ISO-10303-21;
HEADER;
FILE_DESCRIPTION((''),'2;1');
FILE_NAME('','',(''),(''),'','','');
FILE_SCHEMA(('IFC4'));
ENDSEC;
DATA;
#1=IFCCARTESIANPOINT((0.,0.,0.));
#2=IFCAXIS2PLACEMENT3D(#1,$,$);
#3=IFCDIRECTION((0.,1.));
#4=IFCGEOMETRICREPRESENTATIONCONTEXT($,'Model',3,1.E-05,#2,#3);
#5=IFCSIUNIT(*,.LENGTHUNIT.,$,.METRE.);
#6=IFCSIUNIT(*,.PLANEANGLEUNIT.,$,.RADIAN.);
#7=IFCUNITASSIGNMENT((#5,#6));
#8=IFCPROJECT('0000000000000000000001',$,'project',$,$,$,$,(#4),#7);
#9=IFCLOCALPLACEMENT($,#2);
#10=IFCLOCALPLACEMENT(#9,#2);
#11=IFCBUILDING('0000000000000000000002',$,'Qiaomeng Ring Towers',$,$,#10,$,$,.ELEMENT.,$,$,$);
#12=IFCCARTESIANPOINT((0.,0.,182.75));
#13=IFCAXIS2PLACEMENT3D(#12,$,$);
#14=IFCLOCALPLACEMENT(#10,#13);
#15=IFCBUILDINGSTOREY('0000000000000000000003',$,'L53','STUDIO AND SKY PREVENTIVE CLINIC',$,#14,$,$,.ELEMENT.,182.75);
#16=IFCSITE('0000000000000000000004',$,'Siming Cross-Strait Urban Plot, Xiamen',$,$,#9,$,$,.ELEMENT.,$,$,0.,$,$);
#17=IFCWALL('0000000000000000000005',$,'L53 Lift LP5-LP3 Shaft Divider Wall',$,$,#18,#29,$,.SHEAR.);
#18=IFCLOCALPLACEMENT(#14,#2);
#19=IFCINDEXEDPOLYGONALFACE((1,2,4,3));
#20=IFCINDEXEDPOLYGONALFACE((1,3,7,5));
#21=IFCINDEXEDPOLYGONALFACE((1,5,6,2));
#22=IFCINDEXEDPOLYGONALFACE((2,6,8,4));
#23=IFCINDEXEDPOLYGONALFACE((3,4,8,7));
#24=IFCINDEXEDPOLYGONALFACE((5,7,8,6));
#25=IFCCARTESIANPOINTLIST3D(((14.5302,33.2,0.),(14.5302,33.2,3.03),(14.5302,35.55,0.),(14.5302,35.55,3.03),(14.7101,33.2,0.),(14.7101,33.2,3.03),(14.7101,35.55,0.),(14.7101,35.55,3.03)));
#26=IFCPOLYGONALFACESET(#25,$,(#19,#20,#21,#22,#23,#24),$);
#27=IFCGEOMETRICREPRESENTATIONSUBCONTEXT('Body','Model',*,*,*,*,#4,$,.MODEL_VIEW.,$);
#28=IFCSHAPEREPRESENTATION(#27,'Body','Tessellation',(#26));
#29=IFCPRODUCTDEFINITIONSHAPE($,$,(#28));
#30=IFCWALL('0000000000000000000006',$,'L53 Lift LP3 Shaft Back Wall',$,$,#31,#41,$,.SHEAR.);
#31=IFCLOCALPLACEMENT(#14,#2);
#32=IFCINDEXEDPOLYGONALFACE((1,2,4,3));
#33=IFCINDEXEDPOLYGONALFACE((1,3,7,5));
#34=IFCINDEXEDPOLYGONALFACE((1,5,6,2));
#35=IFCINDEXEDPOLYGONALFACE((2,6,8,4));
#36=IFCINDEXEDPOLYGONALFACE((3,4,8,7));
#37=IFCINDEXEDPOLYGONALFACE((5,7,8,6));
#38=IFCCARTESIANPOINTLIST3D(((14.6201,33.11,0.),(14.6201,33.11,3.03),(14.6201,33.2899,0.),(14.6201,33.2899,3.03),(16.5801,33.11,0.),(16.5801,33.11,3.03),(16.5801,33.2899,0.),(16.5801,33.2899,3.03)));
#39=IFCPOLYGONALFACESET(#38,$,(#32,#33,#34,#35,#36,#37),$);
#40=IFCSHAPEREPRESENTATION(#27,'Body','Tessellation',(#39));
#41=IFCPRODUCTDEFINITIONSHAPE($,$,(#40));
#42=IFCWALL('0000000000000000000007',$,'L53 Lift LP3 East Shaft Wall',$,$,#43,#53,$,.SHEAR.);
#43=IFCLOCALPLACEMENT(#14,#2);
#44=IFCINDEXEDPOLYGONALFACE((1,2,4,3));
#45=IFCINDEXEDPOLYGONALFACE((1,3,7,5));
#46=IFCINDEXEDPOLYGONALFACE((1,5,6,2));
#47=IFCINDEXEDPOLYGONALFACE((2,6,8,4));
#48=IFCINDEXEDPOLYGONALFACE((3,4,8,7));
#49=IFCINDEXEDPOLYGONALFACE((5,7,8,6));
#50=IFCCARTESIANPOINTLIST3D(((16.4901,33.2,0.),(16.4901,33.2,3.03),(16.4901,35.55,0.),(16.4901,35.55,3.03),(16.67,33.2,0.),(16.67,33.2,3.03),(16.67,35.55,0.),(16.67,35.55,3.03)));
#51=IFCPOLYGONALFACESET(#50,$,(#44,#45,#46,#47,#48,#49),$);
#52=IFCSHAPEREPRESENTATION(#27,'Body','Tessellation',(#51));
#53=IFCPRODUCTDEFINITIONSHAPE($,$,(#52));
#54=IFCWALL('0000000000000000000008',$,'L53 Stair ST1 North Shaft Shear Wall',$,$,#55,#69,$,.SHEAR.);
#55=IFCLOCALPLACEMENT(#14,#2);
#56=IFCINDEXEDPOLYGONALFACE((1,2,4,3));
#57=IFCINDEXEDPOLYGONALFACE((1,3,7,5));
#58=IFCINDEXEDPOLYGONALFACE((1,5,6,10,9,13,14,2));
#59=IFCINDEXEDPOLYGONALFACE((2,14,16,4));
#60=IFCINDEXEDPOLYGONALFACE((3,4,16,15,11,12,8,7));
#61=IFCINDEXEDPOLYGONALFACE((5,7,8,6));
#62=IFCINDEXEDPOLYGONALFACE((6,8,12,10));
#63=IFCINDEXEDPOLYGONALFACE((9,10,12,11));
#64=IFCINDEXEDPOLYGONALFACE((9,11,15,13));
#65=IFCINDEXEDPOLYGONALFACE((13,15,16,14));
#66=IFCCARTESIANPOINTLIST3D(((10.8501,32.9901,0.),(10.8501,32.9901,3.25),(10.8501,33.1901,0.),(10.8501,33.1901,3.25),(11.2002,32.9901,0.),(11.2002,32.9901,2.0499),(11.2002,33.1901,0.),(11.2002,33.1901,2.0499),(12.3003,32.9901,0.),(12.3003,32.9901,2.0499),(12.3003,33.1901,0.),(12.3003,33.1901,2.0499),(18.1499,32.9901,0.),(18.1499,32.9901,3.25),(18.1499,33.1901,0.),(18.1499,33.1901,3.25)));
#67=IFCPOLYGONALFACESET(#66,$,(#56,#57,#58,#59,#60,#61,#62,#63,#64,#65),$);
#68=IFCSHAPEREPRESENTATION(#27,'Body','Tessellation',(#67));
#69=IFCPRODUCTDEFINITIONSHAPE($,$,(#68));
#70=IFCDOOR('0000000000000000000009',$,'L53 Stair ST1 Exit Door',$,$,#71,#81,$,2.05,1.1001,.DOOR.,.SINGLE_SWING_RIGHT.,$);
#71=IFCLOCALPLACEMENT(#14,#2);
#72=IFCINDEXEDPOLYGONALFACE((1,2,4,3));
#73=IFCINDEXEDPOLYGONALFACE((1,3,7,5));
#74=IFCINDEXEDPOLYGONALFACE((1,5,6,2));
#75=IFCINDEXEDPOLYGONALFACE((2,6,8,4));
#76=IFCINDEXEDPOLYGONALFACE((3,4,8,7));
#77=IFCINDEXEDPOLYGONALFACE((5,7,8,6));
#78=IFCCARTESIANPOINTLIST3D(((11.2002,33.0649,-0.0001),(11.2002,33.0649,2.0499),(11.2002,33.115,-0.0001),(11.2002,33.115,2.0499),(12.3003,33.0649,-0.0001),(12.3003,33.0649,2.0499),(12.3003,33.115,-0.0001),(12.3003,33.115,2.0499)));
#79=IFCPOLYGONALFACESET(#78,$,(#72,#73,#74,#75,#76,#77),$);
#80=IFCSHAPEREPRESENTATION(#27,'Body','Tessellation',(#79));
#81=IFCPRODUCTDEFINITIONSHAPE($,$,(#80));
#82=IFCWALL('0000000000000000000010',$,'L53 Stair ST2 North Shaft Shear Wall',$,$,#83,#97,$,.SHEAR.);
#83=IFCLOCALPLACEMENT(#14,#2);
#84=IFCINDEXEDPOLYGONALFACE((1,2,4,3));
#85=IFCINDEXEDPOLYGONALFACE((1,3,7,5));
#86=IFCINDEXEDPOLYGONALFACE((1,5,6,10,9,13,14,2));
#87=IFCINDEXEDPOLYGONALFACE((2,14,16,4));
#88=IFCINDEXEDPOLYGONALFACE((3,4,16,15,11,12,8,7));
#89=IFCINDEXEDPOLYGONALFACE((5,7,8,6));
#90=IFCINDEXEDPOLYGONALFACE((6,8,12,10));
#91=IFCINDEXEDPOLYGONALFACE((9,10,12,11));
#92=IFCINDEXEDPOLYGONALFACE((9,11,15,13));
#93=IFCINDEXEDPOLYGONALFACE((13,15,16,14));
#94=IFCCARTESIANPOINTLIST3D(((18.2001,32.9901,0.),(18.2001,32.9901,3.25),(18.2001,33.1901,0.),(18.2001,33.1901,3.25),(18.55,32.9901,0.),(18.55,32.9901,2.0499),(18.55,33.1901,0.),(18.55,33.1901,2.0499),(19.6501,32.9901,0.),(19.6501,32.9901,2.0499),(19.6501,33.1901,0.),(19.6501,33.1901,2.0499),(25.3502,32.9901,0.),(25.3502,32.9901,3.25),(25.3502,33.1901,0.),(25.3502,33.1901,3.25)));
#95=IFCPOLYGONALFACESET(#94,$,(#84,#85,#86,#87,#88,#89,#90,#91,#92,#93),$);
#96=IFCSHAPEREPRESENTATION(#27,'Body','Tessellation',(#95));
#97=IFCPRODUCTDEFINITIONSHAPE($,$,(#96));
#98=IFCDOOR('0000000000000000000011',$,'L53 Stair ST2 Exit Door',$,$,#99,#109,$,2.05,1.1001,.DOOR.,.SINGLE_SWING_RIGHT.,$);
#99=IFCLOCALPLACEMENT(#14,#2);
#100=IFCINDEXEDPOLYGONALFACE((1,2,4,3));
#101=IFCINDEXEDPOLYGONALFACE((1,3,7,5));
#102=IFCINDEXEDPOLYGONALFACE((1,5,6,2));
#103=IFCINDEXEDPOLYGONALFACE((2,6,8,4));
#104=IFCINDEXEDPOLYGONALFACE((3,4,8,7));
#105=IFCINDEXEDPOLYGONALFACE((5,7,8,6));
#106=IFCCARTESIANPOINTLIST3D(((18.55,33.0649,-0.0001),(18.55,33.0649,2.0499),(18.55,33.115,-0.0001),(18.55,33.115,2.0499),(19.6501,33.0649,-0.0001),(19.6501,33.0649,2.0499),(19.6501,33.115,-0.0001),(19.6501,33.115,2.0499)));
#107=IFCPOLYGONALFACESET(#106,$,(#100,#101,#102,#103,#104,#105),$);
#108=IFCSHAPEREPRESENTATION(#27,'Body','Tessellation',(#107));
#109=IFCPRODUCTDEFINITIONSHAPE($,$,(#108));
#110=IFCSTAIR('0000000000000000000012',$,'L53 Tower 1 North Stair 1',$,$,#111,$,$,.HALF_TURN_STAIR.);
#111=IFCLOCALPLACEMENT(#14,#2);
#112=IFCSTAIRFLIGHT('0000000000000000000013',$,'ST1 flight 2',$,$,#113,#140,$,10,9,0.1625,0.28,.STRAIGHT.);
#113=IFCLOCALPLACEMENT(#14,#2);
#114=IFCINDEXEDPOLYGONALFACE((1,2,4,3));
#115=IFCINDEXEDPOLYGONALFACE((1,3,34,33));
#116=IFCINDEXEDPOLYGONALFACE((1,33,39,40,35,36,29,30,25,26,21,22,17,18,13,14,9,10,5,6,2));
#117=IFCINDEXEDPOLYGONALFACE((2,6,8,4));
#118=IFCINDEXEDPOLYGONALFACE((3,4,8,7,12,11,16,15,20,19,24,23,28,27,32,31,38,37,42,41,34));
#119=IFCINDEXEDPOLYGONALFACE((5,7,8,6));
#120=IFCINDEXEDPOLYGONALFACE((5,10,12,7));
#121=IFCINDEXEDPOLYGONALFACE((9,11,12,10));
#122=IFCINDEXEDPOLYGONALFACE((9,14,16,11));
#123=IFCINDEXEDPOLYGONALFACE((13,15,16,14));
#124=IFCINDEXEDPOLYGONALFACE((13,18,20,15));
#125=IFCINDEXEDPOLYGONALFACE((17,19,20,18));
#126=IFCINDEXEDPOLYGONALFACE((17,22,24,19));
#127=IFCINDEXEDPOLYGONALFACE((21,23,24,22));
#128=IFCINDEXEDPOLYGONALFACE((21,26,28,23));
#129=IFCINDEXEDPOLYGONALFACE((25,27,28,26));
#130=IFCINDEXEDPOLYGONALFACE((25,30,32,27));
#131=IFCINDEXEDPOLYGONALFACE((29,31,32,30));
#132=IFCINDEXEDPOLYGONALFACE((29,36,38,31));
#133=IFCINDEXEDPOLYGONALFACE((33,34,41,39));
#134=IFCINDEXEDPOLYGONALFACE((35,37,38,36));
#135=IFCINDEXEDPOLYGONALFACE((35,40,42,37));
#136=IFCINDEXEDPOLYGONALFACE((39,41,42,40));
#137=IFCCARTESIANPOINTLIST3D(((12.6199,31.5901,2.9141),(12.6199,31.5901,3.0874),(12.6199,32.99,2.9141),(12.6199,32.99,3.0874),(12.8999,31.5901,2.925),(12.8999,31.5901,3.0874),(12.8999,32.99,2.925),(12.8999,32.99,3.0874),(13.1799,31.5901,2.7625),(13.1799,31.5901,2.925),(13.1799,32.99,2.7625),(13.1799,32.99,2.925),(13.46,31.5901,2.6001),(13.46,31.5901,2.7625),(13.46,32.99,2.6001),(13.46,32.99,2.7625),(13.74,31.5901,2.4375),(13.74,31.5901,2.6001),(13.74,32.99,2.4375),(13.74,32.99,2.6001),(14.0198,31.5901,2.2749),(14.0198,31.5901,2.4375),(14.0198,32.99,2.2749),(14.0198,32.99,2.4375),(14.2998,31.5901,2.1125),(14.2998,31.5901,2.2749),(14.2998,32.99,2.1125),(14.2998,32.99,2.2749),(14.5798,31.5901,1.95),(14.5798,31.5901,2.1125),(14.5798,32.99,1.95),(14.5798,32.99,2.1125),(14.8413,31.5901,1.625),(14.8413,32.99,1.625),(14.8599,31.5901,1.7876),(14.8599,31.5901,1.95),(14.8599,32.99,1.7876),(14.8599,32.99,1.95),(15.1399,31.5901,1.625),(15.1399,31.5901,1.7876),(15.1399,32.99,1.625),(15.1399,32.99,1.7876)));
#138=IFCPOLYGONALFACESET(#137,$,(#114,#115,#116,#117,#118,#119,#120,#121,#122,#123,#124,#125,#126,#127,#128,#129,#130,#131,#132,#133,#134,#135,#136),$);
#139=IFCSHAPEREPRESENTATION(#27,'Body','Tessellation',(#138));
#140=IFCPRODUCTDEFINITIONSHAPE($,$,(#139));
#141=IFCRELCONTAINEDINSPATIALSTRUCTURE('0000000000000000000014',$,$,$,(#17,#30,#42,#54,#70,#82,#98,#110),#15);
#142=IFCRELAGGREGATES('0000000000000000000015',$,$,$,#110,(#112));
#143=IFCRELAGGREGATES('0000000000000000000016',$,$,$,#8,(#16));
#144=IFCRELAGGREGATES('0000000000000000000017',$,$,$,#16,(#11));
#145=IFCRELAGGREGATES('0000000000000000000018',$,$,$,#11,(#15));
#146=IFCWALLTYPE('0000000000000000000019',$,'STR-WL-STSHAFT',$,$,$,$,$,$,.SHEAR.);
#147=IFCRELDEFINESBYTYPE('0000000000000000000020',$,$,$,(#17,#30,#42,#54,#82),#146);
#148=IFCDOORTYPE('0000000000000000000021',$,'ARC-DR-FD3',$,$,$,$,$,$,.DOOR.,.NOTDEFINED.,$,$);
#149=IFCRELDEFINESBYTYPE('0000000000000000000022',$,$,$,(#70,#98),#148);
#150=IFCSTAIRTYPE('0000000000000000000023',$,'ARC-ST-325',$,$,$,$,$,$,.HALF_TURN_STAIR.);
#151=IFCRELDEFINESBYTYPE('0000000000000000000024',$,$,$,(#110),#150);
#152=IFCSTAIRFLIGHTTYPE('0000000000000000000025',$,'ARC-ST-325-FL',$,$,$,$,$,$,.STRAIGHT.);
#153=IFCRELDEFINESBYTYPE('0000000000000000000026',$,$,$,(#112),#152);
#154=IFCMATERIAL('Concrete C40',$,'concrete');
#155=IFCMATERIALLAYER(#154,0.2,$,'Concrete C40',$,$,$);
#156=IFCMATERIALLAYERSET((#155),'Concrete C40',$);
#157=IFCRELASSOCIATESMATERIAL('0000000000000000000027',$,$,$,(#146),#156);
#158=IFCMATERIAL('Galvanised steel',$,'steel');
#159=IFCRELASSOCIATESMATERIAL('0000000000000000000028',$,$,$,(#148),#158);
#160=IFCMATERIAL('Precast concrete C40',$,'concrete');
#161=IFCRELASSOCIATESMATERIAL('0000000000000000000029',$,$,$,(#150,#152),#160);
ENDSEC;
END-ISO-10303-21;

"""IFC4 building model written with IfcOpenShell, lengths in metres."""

from ifc_helpers import new_model, si_unit, direction, frame, frame_2d, origin, place, context, subcontext, project, spatial, polyline, rectangle, outline, extrude, source, transform, mapped, material, layer, layer_set, type_object, element, fill, aggregate, save


model = new_model("IFC4")

# Units and contexts
model_context = context("Model", 3, precision=1e-05, world=origin(), true_north=direction((0.0, 1.0)))
body_context = subcontext(model_context, "Body", "Model", "MODEL_VIEW")
ifc_project = project(units=[si_unit("LENGTHUNIT", "METRE"), si_unit("PLANEANGLEUNIT", "RADIAN")], contexts=[model_context])

# Site, building, storey
site_placement = place(None, origin())
site = spatial("IfcSite", under=ifc_project, at=site_placement, Name="Siming Cross-Strait Urban Plot, Xiamen", CompositionType="ELEMENT", RefElevation=0.0)
building_placement = place(site_placement, origin())
building = spatial("IfcBuilding", under=site, at=building_placement, Name="Qiaomeng Ring Towers", CompositionType="ELEMENT")
storey_placement = place(building_placement, frame((0.0, 0.0, 182.75)))
storey = spatial("IfcBuildingStorey", under=building, at=storey_placement, Name="L53", Description="STUDIO AND SKY PREVENTIVE CLINIC", CompositionType="ELEMENT", Elevation=182.75)

# Walls
ifc_material_1 = material(Name="Concrete C40", Category="concrete")
ifc_layer_1 = layer(ifc_material_1, 0.2, Name="Concrete C40")
ifc_layer_set_1 = layer_set([ifc_layer_1], Name="Concrete C40")
wall_type_1 = type_object("IfcWallType", Name="STR-WL-STSHAFT", PredefinedType="SHEAR", material=ifc_layer_set_1)
wall_1_placement = place(storey_placement, frame((14.6201, 33.2, 0.0), z_axis=(0.0, 0.0, 1.0), x_axis=(0.0, 1.0, 0.0)))
element("IfcWall", 1, at=wall_1_placement, inside=storey, type_object=wall_type_1, Name="L53 Lift LP5-LP3 Shaft Divider Wall", PredefinedType="SHEAR", context=body_context, shape_type="SweptSolid", body=[
    extrude(rectangle(XDim=2.3501, YDim=0.1799, at=frame_2d((1.175, 0.0))), origin(), (0.0, 0.0, 1.0), 3.03),
])
wall_2_placement = place(storey_placement, frame((14.6201, 33.2, 0.0), z_axis=(0.0, 0.0, 1.0), x_axis=(1.0, 0.0, 0.0)))
element("IfcWall", 2, at=wall_2_placement, inside=storey, type_object=wall_type_1, Name="L53 Lift LP3 Shaft Back Wall", PredefinedType="SHEAR", context=body_context, shape_type="SweptSolid", body=[
    extrude(rectangle(XDim=1.96, YDim=0.1799, at=frame_2d((0.98, 0.0))), origin(), (0.0, 0.0, 1.0), 3.03),
])
wall_3_placement = place(storey_placement, frame((16.5801, 33.2, 0.0), z_axis=(0.0, 0.0, 1.0), x_axis=(0.0, 1.0, 0.0)))
element("IfcWall", 3, at=wall_3_placement, inside=storey, type_object=wall_type_1, Name="L53 Lift LP3 East Shaft Wall", PredefinedType="SHEAR", context=body_context, shape_type="SweptSolid", body=[
    extrude(rectangle(XDim=2.3501, YDim=0.1799, at=frame_2d((1.175, 0.0))), origin(), (0.0, 0.0, 1.0), 3.03),
])

# Walls, openings, doors
wall_4_placement = place(storey_placement, frame((10.8501, 33.0901, 0.0), z_axis=(0.0, 0.0, 1.0), x_axis=(1.0, 0.0, 0.0)))
wall_4 = element("IfcWall", 4, at=wall_4_placement, inside=storey, type_object=wall_type_1, Name="L53 Stair ST1 North Shaft Shear Wall", PredefinedType="SHEAR", context=body_context, shape_type="SweptSolid", body=[
    extrude(rectangle(XDim=7.2998, YDim=0.2, at=frame_2d((3.6499, 0.0))), origin(), (0.0, 0.0, 1.0), 3.25),
])
opening_1_placement = place(wall_4_placement, frame((0.3501, 0.0, 0.0)))
opening_1 = element("IfcOpeningElement", 5, at=opening_1_placement, cuts=wall_4, PredefinedType="OPENING", context=body_context, shape_type="SweptSolid", body=[
    extrude(rectangle(XDim=1.1001, YDim=2.05, at=frame_2d((0.55, 1.0249))), frame((0.0, 0.1099, 0.0), z_axis=(0.0, -1.0, 0.0), x_axis=(1.0, 0.0, 0.0)), (0.0, 0.0, 1.0), 0.22),
])
ifc_material_2 = material(Name="Galvanised steel", Category="steel")
door_type = type_object("IfcDoorType", Name="ARC-DR-FD3", OperationType="NOTDEFINED", PredefinedType="DOOR", material=ifc_material_2)
shared_shape_1 = source(origin(), body_context, "Body", "SweptSolid", [
    extrude(rectangle(XDim=1.1001, YDim=2.05, at=frame_2d((0.55, 1.0249))), frame((0.0, 0.0249, 0.0), z_axis=(0.0, -1.0, 0.0), x_axis=(1.0, 0.0, 0.0)), (0.0, 0.0, 1.0), 0.05),
])
door_1_placement = place(opening_1_placement, origin())
door_1 = element("IfcDoor", 6, at=door_1_placement, inside=storey, type_object=door_type, Name="L53 Stair ST1 Exit Door", OperationType="SINGLE_SWING_RIGHT", OverallHeight=2.05, OverallWidth=1.1001, PredefinedType="DOOR", context=body_context, shape_type="MappedRepresentation", body=[
    mapped(shared_shape_1, transform((0.0, 0.0, 0.0), x_axis=(1.0, 0.0, 0.0), y_axis=(0.0, 1.0, 0.0), z_axis=(0.0, 0.0, 1.0), scale=1.0)),
])
fill(opening_1, door_1)
wall_5_placement = place(storey_placement, frame((18.2, 33.0901, 0.0), z_axis=(0.0, 0.0, 1.0), x_axis=(1.0, 0.0, 0.0)))
wall_5 = element("IfcWall", 7, at=wall_5_placement, inside=storey, type_object=wall_type_1, Name="L53 Stair ST2 North Shaft Shear Wall", PredefinedType="SHEAR", context=body_context, shape_type="SweptSolid", body=[
    extrude(rectangle(XDim=7.1501, YDim=0.2, at=frame_2d((3.5752, 0.0))), origin(), (0.0, 0.0, 1.0), 3.25),
])
opening_2_placement = place(wall_5_placement, frame((0.3501, 0.0, 0.0)))
opening_2 = element("IfcOpeningElement", 8, at=opening_2_placement, cuts=wall_5, PredefinedType="OPENING", context=body_context, shape_type="SweptSolid", body=[
    extrude(rectangle(XDim=1.1001, YDim=2.05, at=frame_2d((0.55, 1.0249))), frame((0.0, 0.1099, 0.0), z_axis=(0.0, -1.0, 0.0), x_axis=(1.0, 0.0, 0.0)), (0.0, 0.0, 1.0), 0.22),
])
door_2_placement = place(opening_2_placement, origin())
door_2 = element("IfcDoor", 9, at=door_2_placement, inside=storey, type_object=door_type, Name="L53 Stair ST2 Exit Door", OperationType="SINGLE_SWING_RIGHT", OverallHeight=2.05, OverallWidth=1.1001, PredefinedType="DOOR", context=body_context, shape_type="MappedRepresentation", body=[
    mapped(shared_shape_1, transform((0.0, 0.0, 0.0), x_axis=(1.0, 0.0, 0.0), y_axis=(0.0, 1.0, 0.0), z_axis=(0.0, 0.0, 1.0), scale=1.0)),
])
fill(opening_2, door_2)

# Stair, stair flight
ifc_material_3 = material(Name="Precast concrete C40", Category="concrete")
stair_type = type_object("IfcStairType", Name="ARC-ST-325", PredefinedType="HALF_TURN_STAIR", material=ifc_material_3)
stair_placement = place(storey_placement, origin())
stair = element("IfcStair", 10, at=stair_placement, inside=storey, type_object=stair_type, Name="L53 Tower 1 North Stair 1", PredefinedType="HALF_TURN_STAIR")
stair_flight_type = type_object("IfcStairFlightType", Name="ARC-ST-325-FL", PredefinedType="STRAIGHT", material=ifc_material_3)
shared_shape_2 = source(origin(), body_context, "Body", "SweptSolid", [
    extrude(outline(polyline([(0.0, 0.0), (0.0, 0.1626), (0.28, 0.1626), (0.28, 0.325), (0.5601, 0.325), (0.5601, 0.4875), (0.8401, 0.4875), (0.8401, 0.6499), (1.1201, 0.6499), (1.1201, 0.8125), (1.3999, 0.8125), (1.3999, 0.9751), (1.6799, 0.9751), (1.6799, 1.1375), (1.96, 1.1375), (1.96, 1.3), (2.24, 1.3), (2.24, 1.4624), (2.52, 1.4624), (2.52, 1.625), (2.52, 1.2891), (0.2986, 0.0), (0.0, 0.0)])), frame((0.0, 0.7, 0.0), z_axis=(0.0, -1.0, 0.0), x_axis=(1.0, 0.0, 0.0)), (0.0, 0.0, 1.0), 1.3999),
])
stair_flight_placement = place(storey_placement, frame((15.1399, 32.29, 1.625), z_axis=(0.0, 0.0, 1.0), x_axis=(-1.0, 0.0, 0.0)))
stair_flight = element("IfcStairFlight", 11, at=stair_flight_placement, type_object=stair_flight_type, Name="ST1 flight 2", NumberOfRisers=10, NumberOfTreads=9, PredefinedType="STRAIGHT", RiserHeight=0.1625, TreadLength=0.28, context=body_context, shape_type="MappedRepresentation", body=[
    mapped(shared_shape_2, transform((0.0, 0.0, 0.0), x_axis=(1.0, 0.0, 0.0), y_axis=(0.0, 1.0, 0.0), z_axis=(0.0, 0.0, 1.0), scale=1.0)),
])
aggregate(stair, [stair_flight])

save(model, "model.ifc")
